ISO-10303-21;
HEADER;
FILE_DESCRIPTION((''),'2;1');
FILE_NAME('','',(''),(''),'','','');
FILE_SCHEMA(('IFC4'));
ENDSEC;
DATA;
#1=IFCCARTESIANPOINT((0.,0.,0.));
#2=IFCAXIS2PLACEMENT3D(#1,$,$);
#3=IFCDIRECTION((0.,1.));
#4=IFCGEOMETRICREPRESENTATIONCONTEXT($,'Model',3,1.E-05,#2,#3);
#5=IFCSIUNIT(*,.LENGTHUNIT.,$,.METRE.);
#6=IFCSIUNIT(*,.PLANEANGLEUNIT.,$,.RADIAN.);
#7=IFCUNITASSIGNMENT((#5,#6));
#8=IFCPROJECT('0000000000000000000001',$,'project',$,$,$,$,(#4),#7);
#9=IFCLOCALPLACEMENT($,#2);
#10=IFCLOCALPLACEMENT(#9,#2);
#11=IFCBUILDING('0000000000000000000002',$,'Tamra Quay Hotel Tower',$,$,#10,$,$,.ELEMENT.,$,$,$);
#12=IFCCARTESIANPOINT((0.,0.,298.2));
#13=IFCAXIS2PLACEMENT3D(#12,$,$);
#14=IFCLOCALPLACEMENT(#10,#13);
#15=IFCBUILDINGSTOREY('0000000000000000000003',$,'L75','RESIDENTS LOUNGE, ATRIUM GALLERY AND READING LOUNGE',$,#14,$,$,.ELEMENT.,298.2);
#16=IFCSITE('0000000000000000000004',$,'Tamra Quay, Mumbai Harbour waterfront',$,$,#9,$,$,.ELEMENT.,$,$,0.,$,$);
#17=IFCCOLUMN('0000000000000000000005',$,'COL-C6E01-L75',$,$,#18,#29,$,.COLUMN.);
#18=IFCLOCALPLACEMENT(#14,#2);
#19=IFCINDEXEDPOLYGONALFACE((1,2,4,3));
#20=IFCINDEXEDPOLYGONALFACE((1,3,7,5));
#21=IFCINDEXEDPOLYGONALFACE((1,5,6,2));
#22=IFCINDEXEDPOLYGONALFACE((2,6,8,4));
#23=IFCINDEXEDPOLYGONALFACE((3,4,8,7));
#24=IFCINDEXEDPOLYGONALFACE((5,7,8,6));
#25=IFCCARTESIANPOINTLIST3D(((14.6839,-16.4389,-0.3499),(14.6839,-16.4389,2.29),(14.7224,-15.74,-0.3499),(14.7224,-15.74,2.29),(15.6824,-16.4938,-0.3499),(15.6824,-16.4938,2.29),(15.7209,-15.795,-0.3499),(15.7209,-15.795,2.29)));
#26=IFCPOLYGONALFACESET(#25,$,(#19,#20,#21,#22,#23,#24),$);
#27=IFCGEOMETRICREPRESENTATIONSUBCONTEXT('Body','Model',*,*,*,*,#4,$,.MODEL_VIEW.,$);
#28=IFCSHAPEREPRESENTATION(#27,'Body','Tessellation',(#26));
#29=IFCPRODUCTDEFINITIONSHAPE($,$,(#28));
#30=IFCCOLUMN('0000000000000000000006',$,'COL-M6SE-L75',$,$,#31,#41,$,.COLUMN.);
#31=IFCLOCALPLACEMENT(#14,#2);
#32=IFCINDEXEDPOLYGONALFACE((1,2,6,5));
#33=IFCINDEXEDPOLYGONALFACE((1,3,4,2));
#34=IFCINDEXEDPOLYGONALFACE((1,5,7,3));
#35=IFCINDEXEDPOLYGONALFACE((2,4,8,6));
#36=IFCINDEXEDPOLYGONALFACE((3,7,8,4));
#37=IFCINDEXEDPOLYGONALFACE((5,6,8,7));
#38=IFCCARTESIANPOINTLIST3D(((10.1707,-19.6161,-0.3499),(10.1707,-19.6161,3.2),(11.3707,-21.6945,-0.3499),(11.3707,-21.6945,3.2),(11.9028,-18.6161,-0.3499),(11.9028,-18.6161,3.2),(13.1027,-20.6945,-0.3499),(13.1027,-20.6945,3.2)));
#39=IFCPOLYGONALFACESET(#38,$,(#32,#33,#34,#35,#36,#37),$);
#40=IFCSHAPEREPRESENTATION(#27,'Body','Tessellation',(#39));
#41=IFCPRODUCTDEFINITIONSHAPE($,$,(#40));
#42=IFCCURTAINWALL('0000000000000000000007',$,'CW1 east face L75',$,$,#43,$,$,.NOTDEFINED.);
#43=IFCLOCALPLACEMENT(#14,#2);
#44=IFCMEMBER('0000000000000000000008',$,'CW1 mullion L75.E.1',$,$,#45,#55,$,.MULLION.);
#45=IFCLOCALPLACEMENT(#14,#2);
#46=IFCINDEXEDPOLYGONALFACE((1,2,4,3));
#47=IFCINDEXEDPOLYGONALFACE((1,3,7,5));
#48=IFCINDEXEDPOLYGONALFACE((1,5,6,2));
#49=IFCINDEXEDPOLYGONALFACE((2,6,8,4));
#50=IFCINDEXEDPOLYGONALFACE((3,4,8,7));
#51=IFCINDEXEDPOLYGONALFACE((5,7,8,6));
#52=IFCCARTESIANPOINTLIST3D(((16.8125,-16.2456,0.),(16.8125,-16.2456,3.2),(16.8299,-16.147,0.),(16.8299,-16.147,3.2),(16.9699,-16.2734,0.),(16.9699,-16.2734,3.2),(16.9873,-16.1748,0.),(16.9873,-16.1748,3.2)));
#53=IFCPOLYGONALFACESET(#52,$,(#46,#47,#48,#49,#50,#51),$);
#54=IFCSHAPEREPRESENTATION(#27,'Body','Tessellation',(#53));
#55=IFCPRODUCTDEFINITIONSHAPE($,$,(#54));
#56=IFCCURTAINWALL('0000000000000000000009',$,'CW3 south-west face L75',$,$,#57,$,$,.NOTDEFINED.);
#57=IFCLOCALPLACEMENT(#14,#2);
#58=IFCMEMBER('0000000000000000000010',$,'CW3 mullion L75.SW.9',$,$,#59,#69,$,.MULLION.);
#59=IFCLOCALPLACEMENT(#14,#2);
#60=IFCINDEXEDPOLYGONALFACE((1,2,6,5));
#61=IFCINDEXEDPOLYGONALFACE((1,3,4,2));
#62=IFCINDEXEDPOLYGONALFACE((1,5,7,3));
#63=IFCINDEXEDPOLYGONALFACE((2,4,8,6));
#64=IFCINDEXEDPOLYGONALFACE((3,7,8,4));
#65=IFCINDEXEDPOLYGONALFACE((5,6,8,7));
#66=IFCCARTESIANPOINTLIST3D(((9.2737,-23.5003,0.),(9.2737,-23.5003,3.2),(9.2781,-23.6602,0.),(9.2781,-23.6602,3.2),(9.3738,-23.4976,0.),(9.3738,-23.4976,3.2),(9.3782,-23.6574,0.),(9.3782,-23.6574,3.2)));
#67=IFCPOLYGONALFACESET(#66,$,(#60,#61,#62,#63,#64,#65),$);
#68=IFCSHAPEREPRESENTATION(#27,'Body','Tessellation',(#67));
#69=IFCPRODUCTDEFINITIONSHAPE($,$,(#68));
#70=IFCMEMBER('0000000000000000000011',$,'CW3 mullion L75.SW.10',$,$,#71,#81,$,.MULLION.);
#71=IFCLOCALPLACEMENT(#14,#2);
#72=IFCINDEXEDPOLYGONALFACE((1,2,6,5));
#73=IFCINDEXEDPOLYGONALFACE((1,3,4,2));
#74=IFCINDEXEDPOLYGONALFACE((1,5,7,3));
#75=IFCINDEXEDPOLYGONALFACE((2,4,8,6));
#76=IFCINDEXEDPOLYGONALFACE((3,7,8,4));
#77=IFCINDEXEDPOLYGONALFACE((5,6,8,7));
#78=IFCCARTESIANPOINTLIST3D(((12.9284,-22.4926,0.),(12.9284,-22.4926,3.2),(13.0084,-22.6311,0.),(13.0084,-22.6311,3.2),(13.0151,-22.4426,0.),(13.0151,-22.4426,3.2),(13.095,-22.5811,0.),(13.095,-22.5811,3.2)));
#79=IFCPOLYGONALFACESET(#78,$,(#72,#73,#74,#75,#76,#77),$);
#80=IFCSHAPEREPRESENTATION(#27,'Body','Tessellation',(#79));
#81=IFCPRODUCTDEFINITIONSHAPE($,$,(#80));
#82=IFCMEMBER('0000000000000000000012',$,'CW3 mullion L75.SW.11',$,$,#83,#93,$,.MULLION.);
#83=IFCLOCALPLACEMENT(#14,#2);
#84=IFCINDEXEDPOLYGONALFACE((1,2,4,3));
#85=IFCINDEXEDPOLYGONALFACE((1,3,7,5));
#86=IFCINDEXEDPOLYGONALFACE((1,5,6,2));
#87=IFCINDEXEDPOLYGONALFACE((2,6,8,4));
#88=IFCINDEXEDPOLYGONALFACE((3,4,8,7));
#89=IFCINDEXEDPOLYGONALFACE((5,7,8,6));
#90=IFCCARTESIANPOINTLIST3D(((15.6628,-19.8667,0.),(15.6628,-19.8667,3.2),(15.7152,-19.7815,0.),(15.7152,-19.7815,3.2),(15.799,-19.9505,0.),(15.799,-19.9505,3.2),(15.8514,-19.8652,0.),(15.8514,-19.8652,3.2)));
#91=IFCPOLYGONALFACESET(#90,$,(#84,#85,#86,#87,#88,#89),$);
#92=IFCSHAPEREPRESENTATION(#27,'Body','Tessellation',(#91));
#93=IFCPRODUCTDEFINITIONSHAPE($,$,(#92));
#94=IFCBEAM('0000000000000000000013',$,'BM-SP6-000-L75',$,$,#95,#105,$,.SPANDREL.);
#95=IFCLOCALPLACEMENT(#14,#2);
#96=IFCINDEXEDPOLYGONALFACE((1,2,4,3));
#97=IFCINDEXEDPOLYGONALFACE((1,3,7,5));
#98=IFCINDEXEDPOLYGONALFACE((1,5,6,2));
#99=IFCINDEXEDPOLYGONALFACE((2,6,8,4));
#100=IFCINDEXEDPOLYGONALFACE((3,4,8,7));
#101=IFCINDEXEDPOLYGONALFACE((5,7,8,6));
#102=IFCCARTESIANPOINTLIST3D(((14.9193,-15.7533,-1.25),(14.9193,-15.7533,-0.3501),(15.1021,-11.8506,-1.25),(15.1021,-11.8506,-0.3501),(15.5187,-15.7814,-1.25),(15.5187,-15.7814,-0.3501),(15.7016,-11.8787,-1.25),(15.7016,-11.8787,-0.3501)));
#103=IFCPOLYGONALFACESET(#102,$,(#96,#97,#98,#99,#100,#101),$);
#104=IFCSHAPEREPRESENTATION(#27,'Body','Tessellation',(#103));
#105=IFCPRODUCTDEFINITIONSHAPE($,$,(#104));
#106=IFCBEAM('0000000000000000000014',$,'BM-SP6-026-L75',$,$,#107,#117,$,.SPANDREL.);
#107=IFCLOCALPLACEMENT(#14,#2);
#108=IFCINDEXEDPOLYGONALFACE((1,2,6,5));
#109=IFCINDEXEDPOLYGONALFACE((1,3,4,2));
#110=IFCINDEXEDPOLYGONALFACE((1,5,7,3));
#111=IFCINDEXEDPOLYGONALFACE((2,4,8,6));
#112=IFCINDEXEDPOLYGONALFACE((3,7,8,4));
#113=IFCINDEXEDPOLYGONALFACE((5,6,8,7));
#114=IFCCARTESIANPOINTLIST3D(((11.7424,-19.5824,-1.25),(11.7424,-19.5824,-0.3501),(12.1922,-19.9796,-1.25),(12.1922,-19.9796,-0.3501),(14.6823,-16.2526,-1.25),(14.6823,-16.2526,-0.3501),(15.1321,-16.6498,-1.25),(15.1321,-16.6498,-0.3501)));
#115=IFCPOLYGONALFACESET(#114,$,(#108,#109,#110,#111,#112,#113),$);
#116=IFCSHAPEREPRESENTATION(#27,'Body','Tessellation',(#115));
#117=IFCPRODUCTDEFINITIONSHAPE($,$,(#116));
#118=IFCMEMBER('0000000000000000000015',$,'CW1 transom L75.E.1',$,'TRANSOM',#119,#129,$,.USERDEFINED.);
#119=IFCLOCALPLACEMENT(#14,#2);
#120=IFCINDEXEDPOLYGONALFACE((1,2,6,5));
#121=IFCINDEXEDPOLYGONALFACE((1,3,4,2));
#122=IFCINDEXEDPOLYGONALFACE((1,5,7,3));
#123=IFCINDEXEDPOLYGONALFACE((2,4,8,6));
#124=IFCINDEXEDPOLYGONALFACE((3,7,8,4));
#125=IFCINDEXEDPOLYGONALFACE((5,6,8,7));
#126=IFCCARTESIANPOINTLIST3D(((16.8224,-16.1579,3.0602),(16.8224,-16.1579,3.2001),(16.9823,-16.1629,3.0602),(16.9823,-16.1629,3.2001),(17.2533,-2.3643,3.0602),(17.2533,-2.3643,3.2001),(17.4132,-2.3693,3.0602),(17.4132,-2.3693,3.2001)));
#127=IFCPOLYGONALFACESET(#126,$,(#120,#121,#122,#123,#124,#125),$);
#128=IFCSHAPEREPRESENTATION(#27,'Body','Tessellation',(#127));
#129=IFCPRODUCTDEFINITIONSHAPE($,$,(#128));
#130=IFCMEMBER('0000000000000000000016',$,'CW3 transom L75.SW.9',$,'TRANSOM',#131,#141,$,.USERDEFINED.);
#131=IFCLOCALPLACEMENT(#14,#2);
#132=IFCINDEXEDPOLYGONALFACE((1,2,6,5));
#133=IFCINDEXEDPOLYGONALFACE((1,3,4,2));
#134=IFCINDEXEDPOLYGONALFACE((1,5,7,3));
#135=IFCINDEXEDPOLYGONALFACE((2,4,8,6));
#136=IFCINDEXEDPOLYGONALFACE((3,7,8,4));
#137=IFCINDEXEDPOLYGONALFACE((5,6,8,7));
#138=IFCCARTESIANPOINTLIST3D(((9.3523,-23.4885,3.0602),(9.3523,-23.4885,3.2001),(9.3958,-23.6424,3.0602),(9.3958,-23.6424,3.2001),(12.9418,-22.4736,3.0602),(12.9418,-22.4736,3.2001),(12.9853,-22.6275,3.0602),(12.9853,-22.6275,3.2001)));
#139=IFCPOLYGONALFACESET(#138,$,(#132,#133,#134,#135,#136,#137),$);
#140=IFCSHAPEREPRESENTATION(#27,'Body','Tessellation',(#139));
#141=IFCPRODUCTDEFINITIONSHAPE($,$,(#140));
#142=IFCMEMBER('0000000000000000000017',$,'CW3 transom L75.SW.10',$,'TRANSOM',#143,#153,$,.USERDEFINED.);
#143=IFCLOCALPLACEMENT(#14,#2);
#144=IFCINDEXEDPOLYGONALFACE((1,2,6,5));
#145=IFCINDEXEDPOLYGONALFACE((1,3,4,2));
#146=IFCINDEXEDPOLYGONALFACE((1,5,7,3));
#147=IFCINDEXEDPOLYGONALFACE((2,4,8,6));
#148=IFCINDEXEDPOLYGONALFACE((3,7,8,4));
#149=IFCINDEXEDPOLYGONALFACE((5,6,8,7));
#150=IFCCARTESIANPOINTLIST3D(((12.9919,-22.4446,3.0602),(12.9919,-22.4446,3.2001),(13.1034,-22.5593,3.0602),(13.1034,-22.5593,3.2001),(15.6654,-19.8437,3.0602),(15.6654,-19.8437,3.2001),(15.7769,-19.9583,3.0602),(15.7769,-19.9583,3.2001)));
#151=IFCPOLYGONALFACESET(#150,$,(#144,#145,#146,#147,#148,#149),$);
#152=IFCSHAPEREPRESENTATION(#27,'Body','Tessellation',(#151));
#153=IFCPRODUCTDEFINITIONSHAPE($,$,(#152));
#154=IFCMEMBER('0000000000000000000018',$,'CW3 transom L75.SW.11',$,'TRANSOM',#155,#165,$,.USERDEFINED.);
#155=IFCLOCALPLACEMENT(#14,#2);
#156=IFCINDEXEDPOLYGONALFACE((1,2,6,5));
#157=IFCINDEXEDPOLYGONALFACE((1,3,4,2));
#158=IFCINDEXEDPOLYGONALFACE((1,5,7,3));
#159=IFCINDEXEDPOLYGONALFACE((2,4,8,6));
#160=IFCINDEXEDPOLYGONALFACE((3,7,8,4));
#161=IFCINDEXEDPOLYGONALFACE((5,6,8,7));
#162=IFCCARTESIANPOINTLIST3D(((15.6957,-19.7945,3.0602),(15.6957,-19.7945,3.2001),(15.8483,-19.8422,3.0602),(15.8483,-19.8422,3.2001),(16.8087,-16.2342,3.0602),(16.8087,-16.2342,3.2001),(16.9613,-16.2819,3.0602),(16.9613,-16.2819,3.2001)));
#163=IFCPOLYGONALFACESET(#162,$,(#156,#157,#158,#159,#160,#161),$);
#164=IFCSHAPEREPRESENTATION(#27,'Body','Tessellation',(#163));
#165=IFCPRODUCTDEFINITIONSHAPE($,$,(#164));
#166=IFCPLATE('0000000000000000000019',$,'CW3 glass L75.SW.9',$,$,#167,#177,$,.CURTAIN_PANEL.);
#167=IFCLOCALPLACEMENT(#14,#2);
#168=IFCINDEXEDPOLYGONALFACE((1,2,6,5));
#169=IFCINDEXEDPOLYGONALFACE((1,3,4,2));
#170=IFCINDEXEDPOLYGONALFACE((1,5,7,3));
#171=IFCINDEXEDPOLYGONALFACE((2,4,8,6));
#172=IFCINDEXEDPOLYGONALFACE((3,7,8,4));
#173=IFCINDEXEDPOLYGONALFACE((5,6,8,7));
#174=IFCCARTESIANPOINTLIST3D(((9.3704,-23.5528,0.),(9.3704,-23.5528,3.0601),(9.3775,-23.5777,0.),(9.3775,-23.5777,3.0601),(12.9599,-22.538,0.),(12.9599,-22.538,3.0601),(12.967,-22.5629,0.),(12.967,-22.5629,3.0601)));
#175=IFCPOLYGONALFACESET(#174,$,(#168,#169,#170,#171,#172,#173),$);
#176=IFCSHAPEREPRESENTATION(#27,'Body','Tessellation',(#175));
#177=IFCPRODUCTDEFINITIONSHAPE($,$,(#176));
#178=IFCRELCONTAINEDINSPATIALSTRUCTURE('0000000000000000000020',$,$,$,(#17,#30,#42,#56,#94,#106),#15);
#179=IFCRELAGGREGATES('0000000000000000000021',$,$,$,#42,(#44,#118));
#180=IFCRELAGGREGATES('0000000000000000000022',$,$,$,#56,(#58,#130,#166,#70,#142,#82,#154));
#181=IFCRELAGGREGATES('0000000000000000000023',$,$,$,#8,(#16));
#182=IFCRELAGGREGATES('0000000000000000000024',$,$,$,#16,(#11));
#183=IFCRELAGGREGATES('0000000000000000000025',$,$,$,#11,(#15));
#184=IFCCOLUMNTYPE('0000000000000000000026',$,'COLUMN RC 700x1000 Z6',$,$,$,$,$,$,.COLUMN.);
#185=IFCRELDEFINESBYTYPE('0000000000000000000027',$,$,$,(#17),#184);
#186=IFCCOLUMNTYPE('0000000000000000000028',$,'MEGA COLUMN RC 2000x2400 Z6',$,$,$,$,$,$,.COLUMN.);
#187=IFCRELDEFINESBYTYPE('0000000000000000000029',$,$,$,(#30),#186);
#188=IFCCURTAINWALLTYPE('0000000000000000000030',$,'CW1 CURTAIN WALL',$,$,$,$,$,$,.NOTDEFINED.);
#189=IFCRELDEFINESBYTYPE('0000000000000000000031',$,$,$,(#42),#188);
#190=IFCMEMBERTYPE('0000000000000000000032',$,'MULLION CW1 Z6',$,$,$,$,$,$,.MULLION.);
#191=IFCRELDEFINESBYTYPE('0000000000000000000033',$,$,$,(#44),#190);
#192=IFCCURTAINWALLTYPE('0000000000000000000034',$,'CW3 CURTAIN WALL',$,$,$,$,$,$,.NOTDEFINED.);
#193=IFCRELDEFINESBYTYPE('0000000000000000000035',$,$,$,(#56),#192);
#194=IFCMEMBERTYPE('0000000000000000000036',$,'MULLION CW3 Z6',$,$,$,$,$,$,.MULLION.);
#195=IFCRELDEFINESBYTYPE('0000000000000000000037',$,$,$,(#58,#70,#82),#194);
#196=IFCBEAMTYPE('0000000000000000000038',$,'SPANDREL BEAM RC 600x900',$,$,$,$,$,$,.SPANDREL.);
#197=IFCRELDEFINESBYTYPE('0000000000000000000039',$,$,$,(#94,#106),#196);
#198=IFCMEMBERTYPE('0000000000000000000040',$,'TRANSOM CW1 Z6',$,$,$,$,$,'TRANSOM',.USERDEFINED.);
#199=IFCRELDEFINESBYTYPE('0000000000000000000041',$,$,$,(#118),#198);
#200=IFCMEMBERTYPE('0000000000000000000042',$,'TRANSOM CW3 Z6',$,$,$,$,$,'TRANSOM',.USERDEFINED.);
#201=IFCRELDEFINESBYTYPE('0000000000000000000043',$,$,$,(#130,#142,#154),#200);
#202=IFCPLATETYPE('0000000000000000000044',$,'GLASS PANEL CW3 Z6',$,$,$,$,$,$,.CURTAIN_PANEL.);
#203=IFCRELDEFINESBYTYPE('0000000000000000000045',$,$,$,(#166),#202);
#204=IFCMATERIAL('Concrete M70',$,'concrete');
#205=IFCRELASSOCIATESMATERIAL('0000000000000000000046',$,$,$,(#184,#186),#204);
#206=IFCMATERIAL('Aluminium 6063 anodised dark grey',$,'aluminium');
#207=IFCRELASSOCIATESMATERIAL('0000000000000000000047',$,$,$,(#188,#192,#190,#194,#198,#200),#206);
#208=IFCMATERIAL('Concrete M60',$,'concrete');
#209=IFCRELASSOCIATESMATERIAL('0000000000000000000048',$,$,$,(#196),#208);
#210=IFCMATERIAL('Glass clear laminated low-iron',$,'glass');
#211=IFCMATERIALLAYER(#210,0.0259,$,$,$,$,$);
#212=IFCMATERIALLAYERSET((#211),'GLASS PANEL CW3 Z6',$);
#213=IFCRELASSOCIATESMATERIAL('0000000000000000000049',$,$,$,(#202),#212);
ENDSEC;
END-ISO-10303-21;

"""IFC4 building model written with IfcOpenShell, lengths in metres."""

from ifc_helpers import new_model, si_unit, direction, frame, origin, origin_2d, place, context, subcontext, project, spatial, rectangle, extrude, material, layer, layer_set, material_profile, profile_set, type_object, element, aggregate, save


model = new_model("IFC4")

# Units and contexts
model_context = context("Model", 3, precision=1e-05, world=origin(), true_north=direction((0.0, 1.0)))
body_context = subcontext(model_context, "Body", "Model", "MODEL_VIEW")
ifc_project = project(units=[si_unit("LENGTHUNIT", "METRE"), si_unit("PLANEANGLEUNIT", "RADIAN")], contexts=[model_context])

# Site, building, storey
site_placement = place(None, origin())
site = spatial("IfcSite", under=ifc_project, at=site_placement, Name="Tamra Quay, Mumbai Harbour waterfront", CompositionType="ELEMENT", RefElevation=0.0)
building_placement = place(site_placement, origin())
building = spatial("IfcBuilding", under=site, at=building_placement, Name="Tamra Quay Hotel Tower", CompositionType="ELEMENT")
storey_placement = place(building_placement, frame((0.0, 0.0, 298.2)))
storey = spatial("IfcBuildingStorey", under=building, at=storey_placement, Name="L75", Description="RESIDENTS LOUNGE, ATRIUM GALLERY AND READING LOUNGE", CompositionType="ELEMENT", Elevation=298.2)

# Columns
ifc_material_1 = material(Name="Concrete M70", Category="concrete")
ifc_material_profile_1 = material_profile(ifc_material_1, rectangle(XDim=1.0, YDim=0.7, at=origin_2d()), Name="COLUMN RC 700x1000 Z6")
ifc_profile_set_1 = profile_set([ifc_material_profile_1], Name="Concrete M70")
column_type_1 = type_object("IfcColumnType", Name="COLUMN RC 700x1000 Z6", PredefinedType="COLUMN", material=ifc_profile_set_1)
column_1_placement = place(storey_placement, frame((15.2024, -16.1169, -0.3499), z_axis=(0.0, 0.0, 1.0), x_axis=(-0.998491, 0.054917, 0.0)))
element("IfcColumn", 1, at=column_1_placement, inside=storey, type_object=column_type_1, Name="COL-C6E01-L75", PredefinedType="COLUMN", context=body_context, shape_type="SweptSolid", body=[
    extrude(rectangle(XDim=1.0, YDim=0.7, at=origin_2d()), origin(), (0.0, 0.0, 1.0), 2.6399),
])
ifc_material_profile_2 = material_profile(ifc_material_1, rectangle(XDim=2.3999, YDim=2.0, at=origin_2d()), Name="MEGA COLUMN RC 2000x2400 Z6")
ifc_profile_set_2 = profile_set([ifc_material_profile_2], Name="Concrete M70")
column_type_2 = type_object("IfcColumnType", Name="MEGA COLUMN RC 2000x2400 Z6", PredefinedType="COLUMN", material=ifc_profile_set_2)
column_2_placement = place(storey_placement, frame((11.6367, -20.1553, -0.3499), z_axis=(0.0, 0.0, 1.0), x_axis=(-0.5, 0.866025, 0.0)))
element("IfcColumn", 2, at=column_2_placement, inside=storey, type_object=column_type_2, Name="COL-M6SE-L75", PredefinedType="COLUMN", context=body_context, shape_type="SweptSolid", body=[
    extrude(rectangle(XDim=2.3999, YDim=2.0, at=origin_2d()), origin(), (0.0, 0.0, 1.0), 3.5498),
])

# Curtain wall, member
ifc_material_2 = material(Name="Aluminium 6063 anodised dark grey", Category="aluminium")
curtain_wall_type_1 = type_object("IfcCurtainWallType", Name="CW1 CURTAIN WALL", PredefinedType="NOTDEFINED", material=ifc_material_2)
curtain_wall_1_placement = place(storey_placement, origin())
curtain_wall_1 = element("IfcCurtainWall", 3, at=curtain_wall_1_placement, inside=storey, type_object=curtain_wall_type_1, Name="CW1 east face L75", PredefinedType="NOTDEFINED")
ifc_material_profile_3 = material_profile(ifc_material_2, rectangle(XDim=0.1599, YDim=0.1001, at=origin_2d()), Name="MULLION 100X160")
ifc_profile_set_3 = profile_set([ifc_material_profile_3], Name="Aluminium 6063 anodised dark grey")
member_type_1 = type_object("IfcMemberType", Name="MULLION CW1 Z6", PredefinedType="MULLION", material=ifc_profile_set_3)
member_1_placement = place(storey_placement, frame((16.8999, -16.2102, 0.0), z_axis=(0.0, 0.0, 1.0), x_axis=(0.98474, -0.174032, 0.0)))
member_1 = element("IfcMember", 4, at=member_1_placement, type_object=member_type_1, Name="CW1 mullion L75.E.1", PredefinedType="MULLION", context=body_context, shape_type="SweptSolid", body=[
    extrude(rectangle(XDim=0.1599, YDim=0.1001, at=origin_2d()), origin(), (0.0, 0.0, 1.0), 3.2),
])

# Curtain wall, members
curtain_wall_type_2 = type_object("IfcCurtainWallType", Name="CW3 CURTAIN WALL", PredefinedType="NOTDEFINED", material=ifc_material_2)
curtain_wall_2_placement = place(storey_placement, origin())
curtain_wall_2 = element("IfcCurtainWall", 5, at=curtain_wall_2_placement, inside=storey, type_object=curtain_wall_type_2, Name="CW3 south-west face L75", PredefinedType="NOTDEFINED")
ifc_material_profile_4 = material_profile(ifc_material_2, rectangle(XDim=0.1599, YDim=0.1001, at=origin_2d()), Name="MULLION 100X160")
ifc_profile_set_4 = profile_set([ifc_material_profile_4], Name="Aluminium 6063 anodised dark grey")
member_type_2 = type_object("IfcMemberType", Name="MULLION CW3 Z6", PredefinedType="MULLION", material=ifc_profile_set_4)
member_2_placement = place(storey_placement, frame((9.3259, -23.5789, 0.0), z_axis=(0.0, 0.0, 1.0), x_axis=(0.027469, -0.999623, 0.0)))
member_2 = element("IfcMember", 6, at=member_2_placement, type_object=member_type_2, Name="CW3 mullion L75.SW.9", PredefinedType="MULLION", context=body_context, shape_type="SweptSolid", body=[
    extrude(rectangle(XDim=0.1599, YDim=0.1001, at=origin_2d()), origin(), (0.0, 0.0, 1.0), 3.2),
])
member_3_placement = place(storey_placement, frame((13.0117, -22.5369, 0.0), z_axis=(0.0, 0.0, 1.0), x_axis=(0.5, -0.866025, 0.0)))
member_3 = element("IfcMember", 7, at=member_3_placement, type_object=member_type_2, Name="CW3 mullion L75.SW.10", PredefinedType="MULLION", context=body_context, shape_type="SweptSolid", body=[
    extrude(rectangle(XDim=0.1599, YDim=0.1001, at=origin_2d()), origin(), (0.0, 0.0, 1.0), 3.2),
])
member_4_placement = place(storey_placement, frame((15.7571, -19.866, 0.0), z_axis=(0.0, 0.0, 1.0), x_axis=(0.851964, -0.5236, 0.0)))
member_4 = element("IfcMember", 8, at=member_4_placement, type_object=member_type_2, Name="CW3 mullion L75.SW.11", PredefinedType="MULLION", context=body_context, shape_type="SweptSolid", body=[
    extrude(rectangle(XDim=0.1599, YDim=0.1001, at=origin_2d()), origin(), (0.0, 0.0, 1.0), 3.2),
])

# Beams
ifc_material_3 = material(Name="Concrete M60", Category="concrete")
ifc_material_profile_5 = material_profile(ifc_material_3, rectangle(XDim=0.6001, YDim=0.8999, at=origin_2d()), Name="SPANDREL BEAM RC 600x900")
ifc_profile_set_5 = profile_set([ifc_material_profile_5], Name="Concrete M60")
beam_type = type_object("IfcBeamType", Name="SPANDREL BEAM RC 600x900", PredefinedType="SPANDREL", material=ifc_profile_set_5)
beam_1_placement = place(storey_placement, frame((15.219, -15.7673, -0.8), z_axis=(0.046805, 0.998904, 0.0), x_axis=(-0.998904, 0.046805, 0.0)))
element("IfcBeam", 9, at=beam_1_placement, inside=storey, type_object=beam_type, Name="BM-SP6-000-L75", PredefinedType="SPANDREL", context=body_context, shape_type="SweptSolid", body=[
    extrude(rectangle(XDim=0.6001, YDim=0.8999, at=origin_2d()), origin(), (0.0, 0.0, 1.0), 3.907),
])
beam_2_placement = place(storey_placement, frame((11.9673, -19.781, -0.8), z_axis=(0.661856, 0.749631, 0.0), x_axis=(-0.749631, 0.661856, 0.0)))
element("IfcBeam", 10, at=beam_2_placement, inside=storey, type_object=beam_type, Name="BM-SP6-026-L75", PredefinedType="SPANDREL", context=body_context, shape_type="SweptSolid", body=[
    extrude(rectangle(XDim=0.6001, YDim=0.8999, at=origin_2d()), origin(), (0.0, 0.0, 1.0), 4.4419),
])

# Members
ifc_material_profile_6 = material_profile(ifc_material_2, rectangle(XDim=0.1599, YDim=0.1399, at=origin_2d()), Name="TRANSOM 160X140")
ifc_profile_set_6 = profile_set([ifc_material_profile_6], Name="Aluminium 6063 anodised dark grey")
member_type_3 = type_object("IfcMemberType", Name="TRANSOM CW1 Z6", ElementType="TRANSOM", PredefinedType="USERDEFINED", material=ifc_profile_set_6)
member_5_placement = place(storey_placement, frame((16.9023, -16.1604, 3.1301), z_axis=(0.031225, 0.999512, 0.0), x_axis=(-0.999512, 0.031225, 0.0)))
member_5 = element("IfcMember", 11, at=member_5_placement, type_object=member_type_3, Name="CW1 transom L75.E.1", ObjectType="TRANSOM", PredefinedType="USERDEFINED", context=body_context, shape_type="SweptSolid", body=[
    extrude(rectangle(XDim=0.1599, YDim=0.1399, at=origin_2d()), origin(), (0.0, 0.0, 1.0), 13.8003),
])
aggregate(curtain_wall_1, [member_1, member_5])
ifc_material_profile_7 = material_profile(ifc_material_2, rectangle(XDim=0.1599, YDim=0.1399, at=origin_2d()), Name="TRANSOM 160X140")
ifc_profile_set_7 = profile_set([ifc_material_profile_7], Name="Aluminium 6063 anodised dark grey")
member_type_4 = type_object("IfcMemberType", Name="TRANSOM CW3 Z6", ElementType="TRANSOM", PredefinedType="USERDEFINED", material=ifc_profile_set_7)
member_6_placement = place(storey_placement, frame((9.374, -23.5654, 3.1301), z_axis=(0.962278, 0.272066, 0.0), x_axis=(-0.272066, 0.962278, 0.0)))
member_6 = element("IfcMember", 12, at=member_6_placement, type_object=member_type_4, Name="CW3 transom L75.SW.9", ObjectType="TRANSOM", PredefinedType="USERDEFINED", context=body_context, shape_type="SweptSolid", body=[
    extrude(rectangle(XDim=0.1599, YDim=0.1399, at=origin_2d()), origin(), (0.0, 0.0, 1.0), 3.7302),
])
member_7_placement = place(storey_placement, frame((13.0476, -22.502, 3.1301), z_axis=(0.71676, 0.69732, 0.0), x_axis=(-0.69732, 0.71676, 0.0)))
member_7 = element("IfcMember", 13, at=member_7_placement, type_object=member_type_4, Name="CW3 transom L75.SW.10", ObjectType="TRANSOM", PredefinedType="USERDEFINED", context=body_context, shape_type="SweptSolid", body=[
    extrude(rectangle(XDim=0.1599, YDim=0.1399, at=origin_2d()), origin(), (0.0, 0.0, 1.0), 3.73),
])
member_8_placement = place(storey_placement, frame((15.772, -19.8184, 3.1301), z_axis=(0.298383, 0.954446, 0.0), x_axis=(-0.954446, 0.298383, 0.0)))
member_8 = element("IfcMember", 14, at=member_8_placement, type_object=member_type_4, Name="CW3 transom L75.SW.11", ObjectType="TRANSOM", PredefinedType="USERDEFINED", context=body_context, shape_type="SweptSolid", body=[
    extrude(rectangle(XDim=0.1599, YDim=0.1399, at=origin_2d()), origin(), (0.0, 0.0, 1.0), 3.7302),
])

# Plate
ifc_material_4 = material(Name="Glass clear laminated low-iron", Category="glass")
ifc_layer_1 = layer(ifc_material_4, 0.0259)
ifc_layer_set_1 = layer_set([ifc_layer_1], Name="GLASS PANEL CW3 Z6")
plate_type = type_object("IfcPlateType", Name="GLASS PANEL CW3 Z6", PredefinedType="CURTAIN_PANEL", material=ifc_layer_set_1)
plate_1_placement = place(storey_placement, frame((11.1687, -23.0579, 0.0), z_axis=(0.0, 0.0, 1.0), x_axis=(0.96228, 0.272062, 0.0)))
plate_1 = element("IfcPlate", 15, at=plate_1_placement, type_object=plate_type, Name="CW3 glass L75.SW.9", PredefinedType="CURTAIN_PANEL", context=body_context, shape_type="SweptSolid", body=[
    extrude(rectangle(XDim=3.7302, YDim=0.0259, at=origin_2d()), origin(), (0.0, 0.0, 1.0), 3.0601),
])
aggregate(curtain_wall_2, [member_2, member_6, plate_1, member_3, member_7, member_4, member_8])

save(model, "model.ifc")
